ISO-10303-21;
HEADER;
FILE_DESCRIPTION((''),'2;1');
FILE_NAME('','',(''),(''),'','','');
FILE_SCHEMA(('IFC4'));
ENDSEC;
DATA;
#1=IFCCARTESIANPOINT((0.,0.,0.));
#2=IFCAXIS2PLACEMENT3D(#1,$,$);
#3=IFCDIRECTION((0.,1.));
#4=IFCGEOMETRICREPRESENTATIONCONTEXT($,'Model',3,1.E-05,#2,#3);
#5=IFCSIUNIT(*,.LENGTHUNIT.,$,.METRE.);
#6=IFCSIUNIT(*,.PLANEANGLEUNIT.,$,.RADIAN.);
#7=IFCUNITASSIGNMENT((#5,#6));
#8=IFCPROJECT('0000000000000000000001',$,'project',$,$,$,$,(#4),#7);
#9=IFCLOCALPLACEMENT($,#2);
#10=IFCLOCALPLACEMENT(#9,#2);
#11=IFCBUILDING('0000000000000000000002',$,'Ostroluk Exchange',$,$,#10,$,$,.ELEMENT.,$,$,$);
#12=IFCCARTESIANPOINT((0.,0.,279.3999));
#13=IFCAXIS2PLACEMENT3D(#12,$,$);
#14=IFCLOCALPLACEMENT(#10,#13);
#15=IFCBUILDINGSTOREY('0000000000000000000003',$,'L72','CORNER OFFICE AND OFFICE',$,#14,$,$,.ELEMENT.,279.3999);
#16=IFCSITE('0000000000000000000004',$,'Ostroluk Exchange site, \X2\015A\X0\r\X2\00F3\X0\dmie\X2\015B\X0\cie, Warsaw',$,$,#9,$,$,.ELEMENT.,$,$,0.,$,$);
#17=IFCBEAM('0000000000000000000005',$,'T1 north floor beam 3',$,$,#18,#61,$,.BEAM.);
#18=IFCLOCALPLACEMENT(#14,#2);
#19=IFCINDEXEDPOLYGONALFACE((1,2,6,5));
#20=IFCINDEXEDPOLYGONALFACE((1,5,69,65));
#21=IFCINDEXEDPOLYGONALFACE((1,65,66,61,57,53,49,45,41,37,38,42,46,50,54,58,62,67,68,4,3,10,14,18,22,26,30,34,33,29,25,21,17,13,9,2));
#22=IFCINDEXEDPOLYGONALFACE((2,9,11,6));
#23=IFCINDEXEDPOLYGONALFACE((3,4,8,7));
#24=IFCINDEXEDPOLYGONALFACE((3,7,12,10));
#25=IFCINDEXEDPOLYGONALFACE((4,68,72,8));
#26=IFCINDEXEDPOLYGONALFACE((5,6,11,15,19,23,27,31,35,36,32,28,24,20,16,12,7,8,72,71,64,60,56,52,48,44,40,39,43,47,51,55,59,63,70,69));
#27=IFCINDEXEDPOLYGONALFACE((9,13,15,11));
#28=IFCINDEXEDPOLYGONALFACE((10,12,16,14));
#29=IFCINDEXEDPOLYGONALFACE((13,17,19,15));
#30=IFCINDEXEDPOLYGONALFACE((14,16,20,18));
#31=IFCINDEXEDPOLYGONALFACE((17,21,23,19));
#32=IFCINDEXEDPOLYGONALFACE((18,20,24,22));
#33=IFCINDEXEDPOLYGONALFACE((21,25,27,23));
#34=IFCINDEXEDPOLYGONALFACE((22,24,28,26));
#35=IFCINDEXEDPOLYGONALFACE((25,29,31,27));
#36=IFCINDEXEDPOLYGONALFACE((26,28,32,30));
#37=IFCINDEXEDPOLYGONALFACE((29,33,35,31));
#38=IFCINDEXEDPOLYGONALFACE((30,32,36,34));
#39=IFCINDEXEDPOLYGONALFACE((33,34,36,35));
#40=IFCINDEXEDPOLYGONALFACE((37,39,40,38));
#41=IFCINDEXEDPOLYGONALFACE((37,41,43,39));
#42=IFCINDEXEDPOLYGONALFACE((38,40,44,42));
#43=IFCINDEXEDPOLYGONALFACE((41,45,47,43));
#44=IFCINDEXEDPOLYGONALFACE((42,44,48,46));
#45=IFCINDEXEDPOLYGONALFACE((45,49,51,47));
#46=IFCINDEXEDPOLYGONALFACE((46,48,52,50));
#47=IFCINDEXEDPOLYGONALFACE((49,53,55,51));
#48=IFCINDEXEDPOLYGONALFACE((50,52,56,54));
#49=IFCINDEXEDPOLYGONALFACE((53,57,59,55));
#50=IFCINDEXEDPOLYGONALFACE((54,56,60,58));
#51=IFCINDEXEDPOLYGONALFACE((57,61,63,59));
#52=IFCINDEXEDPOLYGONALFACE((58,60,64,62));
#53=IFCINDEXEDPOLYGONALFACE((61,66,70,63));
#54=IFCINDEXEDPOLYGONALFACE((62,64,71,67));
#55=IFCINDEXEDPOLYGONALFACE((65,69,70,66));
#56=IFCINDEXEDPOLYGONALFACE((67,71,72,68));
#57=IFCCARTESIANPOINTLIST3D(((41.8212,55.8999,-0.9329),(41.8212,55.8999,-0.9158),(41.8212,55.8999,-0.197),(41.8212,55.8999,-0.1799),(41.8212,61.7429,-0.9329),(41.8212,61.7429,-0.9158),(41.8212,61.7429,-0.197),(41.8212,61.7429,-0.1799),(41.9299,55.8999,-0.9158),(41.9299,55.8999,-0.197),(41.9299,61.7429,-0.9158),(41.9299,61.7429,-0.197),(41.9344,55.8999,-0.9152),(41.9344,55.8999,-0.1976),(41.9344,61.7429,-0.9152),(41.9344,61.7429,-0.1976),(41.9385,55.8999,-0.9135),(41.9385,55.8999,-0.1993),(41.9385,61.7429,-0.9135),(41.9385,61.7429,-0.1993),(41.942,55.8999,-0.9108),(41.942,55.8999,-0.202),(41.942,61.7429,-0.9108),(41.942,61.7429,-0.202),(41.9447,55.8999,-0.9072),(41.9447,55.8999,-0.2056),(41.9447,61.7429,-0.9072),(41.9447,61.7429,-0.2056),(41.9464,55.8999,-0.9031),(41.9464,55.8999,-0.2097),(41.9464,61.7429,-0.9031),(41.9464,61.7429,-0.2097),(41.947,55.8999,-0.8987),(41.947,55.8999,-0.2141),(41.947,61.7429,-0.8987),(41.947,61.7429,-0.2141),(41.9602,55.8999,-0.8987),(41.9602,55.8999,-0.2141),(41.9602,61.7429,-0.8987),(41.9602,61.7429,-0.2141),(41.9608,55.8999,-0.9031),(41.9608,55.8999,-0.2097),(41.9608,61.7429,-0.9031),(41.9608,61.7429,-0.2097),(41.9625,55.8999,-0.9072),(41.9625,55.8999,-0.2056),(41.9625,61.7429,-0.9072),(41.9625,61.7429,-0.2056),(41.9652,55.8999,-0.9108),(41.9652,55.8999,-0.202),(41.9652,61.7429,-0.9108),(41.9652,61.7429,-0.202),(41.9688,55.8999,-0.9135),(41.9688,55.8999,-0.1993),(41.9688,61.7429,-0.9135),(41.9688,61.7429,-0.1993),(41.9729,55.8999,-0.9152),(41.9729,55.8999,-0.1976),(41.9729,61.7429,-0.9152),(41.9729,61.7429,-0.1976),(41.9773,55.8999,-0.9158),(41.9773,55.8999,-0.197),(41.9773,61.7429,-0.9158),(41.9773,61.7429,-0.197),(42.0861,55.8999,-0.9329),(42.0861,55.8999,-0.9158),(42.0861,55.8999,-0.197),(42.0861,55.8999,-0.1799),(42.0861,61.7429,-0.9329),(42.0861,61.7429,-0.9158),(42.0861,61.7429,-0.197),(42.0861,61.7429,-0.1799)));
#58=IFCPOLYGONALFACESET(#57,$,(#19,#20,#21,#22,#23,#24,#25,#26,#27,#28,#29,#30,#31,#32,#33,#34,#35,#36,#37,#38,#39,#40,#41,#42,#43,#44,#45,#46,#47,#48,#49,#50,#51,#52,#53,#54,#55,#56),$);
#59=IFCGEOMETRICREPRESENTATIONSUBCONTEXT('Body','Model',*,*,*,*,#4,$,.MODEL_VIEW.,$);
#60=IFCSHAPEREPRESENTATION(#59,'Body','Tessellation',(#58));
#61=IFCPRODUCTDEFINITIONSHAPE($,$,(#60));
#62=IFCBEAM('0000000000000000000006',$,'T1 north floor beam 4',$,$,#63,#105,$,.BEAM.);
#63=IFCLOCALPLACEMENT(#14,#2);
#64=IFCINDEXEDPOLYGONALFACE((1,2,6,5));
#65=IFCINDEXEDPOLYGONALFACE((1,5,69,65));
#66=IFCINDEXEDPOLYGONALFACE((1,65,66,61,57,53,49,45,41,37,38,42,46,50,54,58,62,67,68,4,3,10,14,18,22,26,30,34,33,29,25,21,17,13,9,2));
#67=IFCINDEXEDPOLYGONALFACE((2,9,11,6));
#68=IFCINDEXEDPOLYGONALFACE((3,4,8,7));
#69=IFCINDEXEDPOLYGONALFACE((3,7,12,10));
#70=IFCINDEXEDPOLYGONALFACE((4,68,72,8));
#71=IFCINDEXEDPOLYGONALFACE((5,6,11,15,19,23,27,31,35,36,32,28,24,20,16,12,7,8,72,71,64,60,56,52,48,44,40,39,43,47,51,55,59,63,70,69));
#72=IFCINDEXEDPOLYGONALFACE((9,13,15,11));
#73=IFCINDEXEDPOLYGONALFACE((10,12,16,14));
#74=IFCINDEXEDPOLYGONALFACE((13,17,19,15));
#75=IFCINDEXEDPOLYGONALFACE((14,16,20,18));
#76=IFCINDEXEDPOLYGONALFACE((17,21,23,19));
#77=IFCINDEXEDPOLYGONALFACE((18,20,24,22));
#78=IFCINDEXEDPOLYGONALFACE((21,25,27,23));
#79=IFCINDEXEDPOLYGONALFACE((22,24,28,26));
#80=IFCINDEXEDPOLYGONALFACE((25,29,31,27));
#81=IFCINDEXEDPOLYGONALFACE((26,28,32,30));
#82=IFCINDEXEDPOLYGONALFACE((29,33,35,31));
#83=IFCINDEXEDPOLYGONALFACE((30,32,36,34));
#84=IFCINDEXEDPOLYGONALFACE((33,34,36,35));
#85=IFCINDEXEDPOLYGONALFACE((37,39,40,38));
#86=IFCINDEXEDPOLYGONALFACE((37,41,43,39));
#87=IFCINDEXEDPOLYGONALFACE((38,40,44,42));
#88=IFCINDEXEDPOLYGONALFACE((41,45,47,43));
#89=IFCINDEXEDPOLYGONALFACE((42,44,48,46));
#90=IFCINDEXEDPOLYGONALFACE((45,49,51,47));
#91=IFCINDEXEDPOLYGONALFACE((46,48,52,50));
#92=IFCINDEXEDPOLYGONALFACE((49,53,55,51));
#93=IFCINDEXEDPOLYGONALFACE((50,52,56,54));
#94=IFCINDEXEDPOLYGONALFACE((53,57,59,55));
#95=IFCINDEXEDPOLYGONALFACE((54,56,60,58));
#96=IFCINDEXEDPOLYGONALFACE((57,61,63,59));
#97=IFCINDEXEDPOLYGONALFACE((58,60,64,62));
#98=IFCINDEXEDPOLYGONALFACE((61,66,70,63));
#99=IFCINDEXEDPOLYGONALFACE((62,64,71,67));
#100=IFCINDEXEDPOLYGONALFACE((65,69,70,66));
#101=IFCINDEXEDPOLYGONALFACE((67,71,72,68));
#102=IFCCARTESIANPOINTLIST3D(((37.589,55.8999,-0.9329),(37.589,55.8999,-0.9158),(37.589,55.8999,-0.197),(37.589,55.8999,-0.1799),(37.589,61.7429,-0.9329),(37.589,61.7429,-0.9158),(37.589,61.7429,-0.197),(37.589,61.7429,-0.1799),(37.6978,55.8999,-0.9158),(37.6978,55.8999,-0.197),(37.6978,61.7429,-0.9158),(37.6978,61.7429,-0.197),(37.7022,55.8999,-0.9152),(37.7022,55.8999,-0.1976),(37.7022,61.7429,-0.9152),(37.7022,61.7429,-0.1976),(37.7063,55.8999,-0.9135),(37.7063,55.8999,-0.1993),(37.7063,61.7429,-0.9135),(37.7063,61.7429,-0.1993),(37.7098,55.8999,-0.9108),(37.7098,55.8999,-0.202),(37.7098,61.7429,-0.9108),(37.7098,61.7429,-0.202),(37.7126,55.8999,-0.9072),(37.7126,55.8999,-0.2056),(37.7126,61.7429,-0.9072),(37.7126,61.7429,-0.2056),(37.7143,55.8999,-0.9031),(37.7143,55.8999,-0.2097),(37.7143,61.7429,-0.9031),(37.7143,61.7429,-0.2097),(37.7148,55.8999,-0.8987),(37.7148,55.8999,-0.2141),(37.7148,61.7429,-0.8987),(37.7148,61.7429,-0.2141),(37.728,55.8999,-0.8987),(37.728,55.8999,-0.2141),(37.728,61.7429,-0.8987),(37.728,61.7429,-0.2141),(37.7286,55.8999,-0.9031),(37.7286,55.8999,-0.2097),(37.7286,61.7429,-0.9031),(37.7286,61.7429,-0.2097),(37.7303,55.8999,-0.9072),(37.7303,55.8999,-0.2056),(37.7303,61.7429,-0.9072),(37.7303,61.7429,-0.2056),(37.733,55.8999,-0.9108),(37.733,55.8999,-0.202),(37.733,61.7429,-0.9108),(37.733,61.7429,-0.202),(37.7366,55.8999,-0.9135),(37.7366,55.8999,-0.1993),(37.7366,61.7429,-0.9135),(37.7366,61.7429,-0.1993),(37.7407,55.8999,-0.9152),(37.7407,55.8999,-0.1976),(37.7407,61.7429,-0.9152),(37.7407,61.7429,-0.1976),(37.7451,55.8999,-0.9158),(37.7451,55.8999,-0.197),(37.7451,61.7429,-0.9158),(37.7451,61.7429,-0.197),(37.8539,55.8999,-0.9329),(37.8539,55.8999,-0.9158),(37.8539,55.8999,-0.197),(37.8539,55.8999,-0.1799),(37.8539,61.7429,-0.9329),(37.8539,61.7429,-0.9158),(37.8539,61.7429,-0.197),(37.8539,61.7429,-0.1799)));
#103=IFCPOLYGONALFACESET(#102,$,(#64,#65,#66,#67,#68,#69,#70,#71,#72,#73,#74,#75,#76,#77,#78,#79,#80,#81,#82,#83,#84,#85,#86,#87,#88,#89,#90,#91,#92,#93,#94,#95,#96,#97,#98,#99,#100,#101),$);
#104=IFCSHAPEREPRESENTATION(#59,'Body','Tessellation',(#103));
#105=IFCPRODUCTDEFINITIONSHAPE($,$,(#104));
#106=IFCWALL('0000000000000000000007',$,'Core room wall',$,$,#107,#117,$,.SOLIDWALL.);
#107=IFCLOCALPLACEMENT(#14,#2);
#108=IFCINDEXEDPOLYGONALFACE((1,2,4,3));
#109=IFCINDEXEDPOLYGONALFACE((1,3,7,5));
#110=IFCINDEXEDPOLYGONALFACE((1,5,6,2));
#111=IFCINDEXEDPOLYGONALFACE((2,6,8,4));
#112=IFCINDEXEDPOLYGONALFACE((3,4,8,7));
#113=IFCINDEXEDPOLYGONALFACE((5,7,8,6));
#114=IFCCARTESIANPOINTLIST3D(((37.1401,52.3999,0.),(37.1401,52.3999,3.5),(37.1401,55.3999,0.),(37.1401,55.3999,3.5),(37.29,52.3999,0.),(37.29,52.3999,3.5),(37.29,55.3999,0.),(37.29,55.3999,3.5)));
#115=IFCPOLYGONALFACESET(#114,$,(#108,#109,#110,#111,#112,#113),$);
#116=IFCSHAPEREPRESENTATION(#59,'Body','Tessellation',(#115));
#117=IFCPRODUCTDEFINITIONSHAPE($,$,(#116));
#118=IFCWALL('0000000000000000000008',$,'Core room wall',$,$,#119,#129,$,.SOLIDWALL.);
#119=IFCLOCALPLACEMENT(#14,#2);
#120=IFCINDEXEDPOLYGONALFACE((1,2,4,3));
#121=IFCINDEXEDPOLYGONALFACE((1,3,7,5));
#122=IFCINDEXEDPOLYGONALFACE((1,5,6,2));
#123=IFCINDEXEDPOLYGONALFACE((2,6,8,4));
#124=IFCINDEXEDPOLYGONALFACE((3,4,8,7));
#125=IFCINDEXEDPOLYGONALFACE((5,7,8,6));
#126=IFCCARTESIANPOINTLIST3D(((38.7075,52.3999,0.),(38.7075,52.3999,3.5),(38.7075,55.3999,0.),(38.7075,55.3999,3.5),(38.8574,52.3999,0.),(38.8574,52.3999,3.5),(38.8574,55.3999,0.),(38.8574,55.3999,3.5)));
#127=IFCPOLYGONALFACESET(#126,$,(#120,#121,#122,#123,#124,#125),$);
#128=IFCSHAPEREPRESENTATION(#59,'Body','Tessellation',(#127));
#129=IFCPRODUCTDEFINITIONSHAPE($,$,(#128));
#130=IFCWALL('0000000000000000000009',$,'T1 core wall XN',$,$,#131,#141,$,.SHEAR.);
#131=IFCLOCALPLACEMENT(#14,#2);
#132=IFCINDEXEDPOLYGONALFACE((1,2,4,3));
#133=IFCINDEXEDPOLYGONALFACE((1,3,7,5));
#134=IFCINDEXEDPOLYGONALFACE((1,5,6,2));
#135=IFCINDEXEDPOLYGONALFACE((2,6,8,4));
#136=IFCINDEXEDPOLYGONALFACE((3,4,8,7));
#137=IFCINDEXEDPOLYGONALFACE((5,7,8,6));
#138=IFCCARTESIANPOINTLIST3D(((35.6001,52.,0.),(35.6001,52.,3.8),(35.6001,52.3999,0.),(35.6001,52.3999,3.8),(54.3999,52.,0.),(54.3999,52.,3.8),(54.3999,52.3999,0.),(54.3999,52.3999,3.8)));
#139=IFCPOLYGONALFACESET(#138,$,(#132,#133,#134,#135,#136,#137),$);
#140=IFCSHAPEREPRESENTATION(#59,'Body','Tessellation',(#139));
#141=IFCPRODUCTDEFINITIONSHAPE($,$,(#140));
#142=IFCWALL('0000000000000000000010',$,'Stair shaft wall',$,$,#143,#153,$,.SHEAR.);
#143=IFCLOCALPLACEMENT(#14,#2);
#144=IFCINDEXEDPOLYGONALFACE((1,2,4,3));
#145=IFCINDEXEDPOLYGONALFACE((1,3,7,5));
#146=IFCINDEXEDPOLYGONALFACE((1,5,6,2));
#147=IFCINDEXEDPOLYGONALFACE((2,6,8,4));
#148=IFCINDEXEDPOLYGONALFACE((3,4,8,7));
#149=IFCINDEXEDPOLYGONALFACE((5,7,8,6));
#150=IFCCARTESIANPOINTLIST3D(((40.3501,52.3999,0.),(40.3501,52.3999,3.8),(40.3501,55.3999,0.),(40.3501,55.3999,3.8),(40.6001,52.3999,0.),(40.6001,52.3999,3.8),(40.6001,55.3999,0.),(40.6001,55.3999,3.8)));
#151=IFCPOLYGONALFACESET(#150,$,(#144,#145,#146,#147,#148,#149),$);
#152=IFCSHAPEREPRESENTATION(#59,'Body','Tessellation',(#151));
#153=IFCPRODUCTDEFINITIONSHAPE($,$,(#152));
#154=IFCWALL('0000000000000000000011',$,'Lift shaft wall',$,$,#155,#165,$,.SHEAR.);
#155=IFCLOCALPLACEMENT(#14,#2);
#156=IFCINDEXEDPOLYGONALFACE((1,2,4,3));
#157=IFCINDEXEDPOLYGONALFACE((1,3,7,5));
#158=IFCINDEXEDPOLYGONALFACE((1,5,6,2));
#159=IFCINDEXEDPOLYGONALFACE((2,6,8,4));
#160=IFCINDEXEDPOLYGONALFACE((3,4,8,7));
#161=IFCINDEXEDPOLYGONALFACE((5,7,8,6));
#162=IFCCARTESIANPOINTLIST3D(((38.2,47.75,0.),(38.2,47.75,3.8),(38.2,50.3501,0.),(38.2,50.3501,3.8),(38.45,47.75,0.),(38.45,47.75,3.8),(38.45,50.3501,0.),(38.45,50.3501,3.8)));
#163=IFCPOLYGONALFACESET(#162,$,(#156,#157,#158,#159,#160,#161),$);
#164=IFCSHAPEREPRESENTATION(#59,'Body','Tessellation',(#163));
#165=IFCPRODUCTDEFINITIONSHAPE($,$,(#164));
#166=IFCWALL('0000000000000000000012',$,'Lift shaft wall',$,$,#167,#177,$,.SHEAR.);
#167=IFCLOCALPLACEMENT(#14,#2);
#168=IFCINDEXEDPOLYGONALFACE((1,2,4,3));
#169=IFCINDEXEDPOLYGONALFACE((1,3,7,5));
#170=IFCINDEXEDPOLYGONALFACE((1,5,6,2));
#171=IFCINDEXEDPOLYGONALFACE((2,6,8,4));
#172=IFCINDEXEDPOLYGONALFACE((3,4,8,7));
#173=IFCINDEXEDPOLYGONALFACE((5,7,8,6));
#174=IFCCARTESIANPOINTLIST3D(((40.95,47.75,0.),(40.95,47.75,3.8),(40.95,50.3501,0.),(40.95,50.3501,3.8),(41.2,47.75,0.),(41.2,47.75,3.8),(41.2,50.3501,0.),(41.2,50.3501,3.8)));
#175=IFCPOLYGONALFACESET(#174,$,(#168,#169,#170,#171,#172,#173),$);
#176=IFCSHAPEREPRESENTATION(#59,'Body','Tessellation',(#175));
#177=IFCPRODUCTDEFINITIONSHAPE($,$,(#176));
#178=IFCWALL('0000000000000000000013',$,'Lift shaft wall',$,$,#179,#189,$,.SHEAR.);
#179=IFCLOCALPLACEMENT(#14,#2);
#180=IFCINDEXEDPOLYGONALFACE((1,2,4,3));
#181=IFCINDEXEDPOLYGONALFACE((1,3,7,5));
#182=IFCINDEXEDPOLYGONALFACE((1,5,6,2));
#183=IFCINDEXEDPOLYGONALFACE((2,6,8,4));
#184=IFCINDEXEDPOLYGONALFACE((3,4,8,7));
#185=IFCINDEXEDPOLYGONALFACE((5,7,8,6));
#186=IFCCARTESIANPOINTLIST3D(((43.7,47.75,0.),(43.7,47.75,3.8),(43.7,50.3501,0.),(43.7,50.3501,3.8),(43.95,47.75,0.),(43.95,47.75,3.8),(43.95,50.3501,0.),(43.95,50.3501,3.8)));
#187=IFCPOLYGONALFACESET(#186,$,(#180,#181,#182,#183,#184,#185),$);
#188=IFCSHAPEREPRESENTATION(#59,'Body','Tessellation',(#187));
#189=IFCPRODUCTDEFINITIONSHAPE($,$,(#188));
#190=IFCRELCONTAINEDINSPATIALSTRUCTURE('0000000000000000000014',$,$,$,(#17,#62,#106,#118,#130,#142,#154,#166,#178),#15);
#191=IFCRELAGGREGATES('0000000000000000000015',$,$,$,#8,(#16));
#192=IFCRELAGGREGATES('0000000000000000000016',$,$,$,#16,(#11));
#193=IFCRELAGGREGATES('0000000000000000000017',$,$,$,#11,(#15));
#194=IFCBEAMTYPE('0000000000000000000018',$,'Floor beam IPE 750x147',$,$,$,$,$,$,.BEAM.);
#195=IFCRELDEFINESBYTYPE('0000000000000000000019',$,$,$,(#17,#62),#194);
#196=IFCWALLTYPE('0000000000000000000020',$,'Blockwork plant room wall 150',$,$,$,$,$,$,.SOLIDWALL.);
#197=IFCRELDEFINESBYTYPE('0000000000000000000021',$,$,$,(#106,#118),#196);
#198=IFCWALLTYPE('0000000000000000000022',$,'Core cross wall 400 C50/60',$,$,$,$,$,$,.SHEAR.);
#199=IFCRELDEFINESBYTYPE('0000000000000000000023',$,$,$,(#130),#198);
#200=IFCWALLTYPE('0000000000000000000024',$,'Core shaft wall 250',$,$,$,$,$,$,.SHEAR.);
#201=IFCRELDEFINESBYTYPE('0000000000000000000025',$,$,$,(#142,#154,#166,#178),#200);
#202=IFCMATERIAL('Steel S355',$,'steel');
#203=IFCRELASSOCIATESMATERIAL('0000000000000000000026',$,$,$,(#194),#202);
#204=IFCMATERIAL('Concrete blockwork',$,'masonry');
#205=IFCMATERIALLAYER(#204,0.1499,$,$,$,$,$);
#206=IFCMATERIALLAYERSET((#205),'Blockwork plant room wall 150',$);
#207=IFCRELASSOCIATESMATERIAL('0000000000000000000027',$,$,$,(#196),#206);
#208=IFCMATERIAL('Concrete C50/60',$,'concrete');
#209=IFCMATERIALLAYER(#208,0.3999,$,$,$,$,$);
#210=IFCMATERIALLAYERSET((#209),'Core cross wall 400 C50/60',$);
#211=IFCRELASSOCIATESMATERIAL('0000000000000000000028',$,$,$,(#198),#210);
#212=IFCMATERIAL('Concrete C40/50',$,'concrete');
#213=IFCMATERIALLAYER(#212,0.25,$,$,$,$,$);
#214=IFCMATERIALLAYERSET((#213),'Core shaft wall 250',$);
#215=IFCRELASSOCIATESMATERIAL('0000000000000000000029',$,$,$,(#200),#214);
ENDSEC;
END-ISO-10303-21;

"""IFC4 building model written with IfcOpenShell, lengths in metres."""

from ifc_helpers import new_model, si_unit, direction, frame, frame_2d, origin, origin_2d, place, context, subcontext, project, spatial, rectangle, i_section, extrude, material, layer, layer_set, material_profile, profile_set, type_object, element, save


model = new_model("IFC4")

# Units and contexts
model_context = context("Model", 3, precision=1e-05, world=origin(), true_north=direction((0.0, 1.0)))
body_context = subcontext(model_context, "Body", "Model", "MODEL_VIEW")
ifc_project = project(units=[si_unit("LENGTHUNIT", "METRE"), si_unit("PLANEANGLEUNIT", "RADIAN")], contexts=[model_context])

# Site, building, storey
site_placement = place(None, origin())
site = spatial("IfcSite", under=ifc_project, at=site_placement, Name="Ostroluk Exchange site, Śródmieście, Warsaw", CompositionType="ELEMENT", RefElevation=0.0)
building_placement = place(site_placement, origin())
building = spatial("IfcBuilding", under=site, at=building_placement, Name="Ostroluk Exchange", CompositionType="ELEMENT")
storey_placement = place(building_placement, frame((0.0, 0.0, 279.3999)))
storey = spatial("IfcBuildingStorey", under=building, at=storey_placement, Name="L72", Description="CORNER OFFICE AND OFFICE", CompositionType="ELEMENT", Elevation=279.3999)

# Beams
ifc_material_1 = material(Name="Steel S355", Category="steel")
ifc_material_profile = material_profile(ifc_material_1, i_section(OverallWidth=0.2649, OverallDepth=0.7529, WebThickness=0.0132, FlangeThickness=0.0171, FilletRadius=0.0171, at=origin_2d()), Name="IPE 750x147")
ifc_profile_set = profile_set([ifc_material_profile], Name="Steel S355")
beam_type = type_object("IfcBeamType", Name="Floor beam IPE 750x147", PredefinedType="BEAM", material=ifc_profile_set)
for number, where, z_axis, x_axis, name in (
    (1, (41.9536, 55.8999, -0.5564), (0.0, 1.0, 0.0), (-1.0, 0.0, 0.0), "T1 north floor beam 3"),
    (2, (37.7214, 55.8999, -0.5564), (0.0, 1.0, 0.0), (-1.0, 0.0, 0.0), "T1 north floor beam 4"),
):
    element("IfcBeam", number, at=place(storey_placement, frame(where, z_axis=z_axis, x_axis=x_axis)), inside=storey, type_object=beam_type, Name=name, PredefinedType="BEAM", context=body_context, shape_type="SweptSolid", body=[
        extrude(i_section(OverallWidth=0.2649, OverallDepth=0.7529, WebThickness=0.0132, FlangeThickness=0.0171, FilletRadius=0.0171, at=origin_2d()), origin(), (0.0, 0.0, 1.0), 5.843),
    ])

# Walls
ifc_material_2 = material(Name="Concrete blockwork", Category="masonry")
ifc_layer_1 = layer(ifc_material_2, 0.1499)
ifc_layer_set_1 = layer_set([ifc_layer_1], Name="Blockwork plant room wall 150")
wall_type_1 = type_object("IfcWallType", Name="Blockwork plant room wall 150", PredefinedType="SOLIDWALL", material=ifc_layer_set_1)
for number, where, z_axis, x_axis, name in (
    (3, (37.2151, 52.3999, 0.0), (0.0, 0.0, 1.0), (0.0, 1.0, 0.0), "Core room wall"),
    (4, (38.7825, 52.3999, 0.0), (0.0, 0.0, 1.0), (0.0, 1.0, 0.0), "Core room wall"),
):
    element("IfcWall", number, at=place(storey_placement, frame(where, z_axis=z_axis, x_axis=x_axis)), inside=storey, type_object=wall_type_1, Name=name, PredefinedType="SOLIDWALL", context=body_context, shape_type="SweptSolid", body=[
        extrude(rectangle(XDim=3.0, YDim=0.1499, at=frame_2d((1.5, 0.0))), origin(), (0.0, 0.0, 1.0), 3.5),
    ])
ifc_material_3 = material(Name="Concrete C50/60", Category="concrete")
ifc_layer_2 = layer(ifc_material_3, 0.3999)
ifc_layer_set_2 = layer_set([ifc_layer_2], Name="Core cross wall 400 C50/60")
wall_type_2 = type_object("IfcWallType", Name="Core cross wall 400 C50/60", PredefinedType="SHEAR", material=ifc_layer_set_2)
wall_1_placement = place(storey_placement, frame((35.6001, 52.2, 0.0), z_axis=(0.0, 0.0, 1.0), x_axis=(1.0, 0.0, 0.0)))
element("IfcWall", 5, at=wall_1_placement, inside=storey, type_object=wall_type_2, Name="T1 core wall XN", PredefinedType="SHEAR", context=body_context, shape_type="SweptSolid", body=[
    extrude(rectangle(XDim=18.7998, YDim=0.3999, at=frame_2d((9.3999, 0.0))), origin(), (0.0, 0.0, 1.0), 3.8),
])
ifc_material_4 = material(Name="Concrete C40/50", Category="concrete")
ifc_layer_3 = layer(ifc_material_4, 0.25)
ifc_layer_set_3 = layer_set([ifc_layer_3], Name="Core shaft wall 250")
wall_type_3 = type_object("IfcWallType", Name="Core shaft wall 250", PredefinedType="SHEAR", material=ifc_layer_set_3)
wall_2_placement = place(storey_placement, frame((40.4751, 52.3999, 0.0), z_axis=(0.0, 0.0, 1.0), x_axis=(0.0, 1.0, 0.0)))
element("IfcWall", 6, at=wall_2_placement, inside=storey, type_object=wall_type_3, Name="Stair shaft wall", PredefinedType="SHEAR", context=body_context, shape_type="SweptSolid", body=[
    extrude(rectangle(XDim=3.0, YDim=0.25, at=frame_2d((1.5, 0.0))), origin(), (0.0, 0.0, 1.0), 3.8),
])
for number, where, z_axis, x_axis, name in (
    (7, (38.325, 47.75, 0.0), (0.0, 0.0, 1.0), (0.0, 1.0, 0.0), "Lift shaft wall"),
    (8, (41.075, 47.75, 0.0), (0.0, 0.0, 1.0), (0.0, 1.0, 0.0), "Lift shaft wall"),
    (9, (43.825, 47.75, 0.0), (0.0, 0.0, 1.0), (0.0, 1.0, 0.0), "Lift shaft wall"),
):
    element("IfcWall", number, at=place(storey_placement, frame(where, z_axis=z_axis, x_axis=x_axis)), inside=storey, type_object=wall_type_3, Name=name, PredefinedType="SHEAR", context=body_context, shape_type="SweptSolid", body=[
        extrude(rectangle(XDim=2.6001, YDim=0.25, at=frame_2d((1.3, 0.0))), origin(), (0.0, 0.0, 1.0), 3.8),
    ])

save(model, "model.ifc")
